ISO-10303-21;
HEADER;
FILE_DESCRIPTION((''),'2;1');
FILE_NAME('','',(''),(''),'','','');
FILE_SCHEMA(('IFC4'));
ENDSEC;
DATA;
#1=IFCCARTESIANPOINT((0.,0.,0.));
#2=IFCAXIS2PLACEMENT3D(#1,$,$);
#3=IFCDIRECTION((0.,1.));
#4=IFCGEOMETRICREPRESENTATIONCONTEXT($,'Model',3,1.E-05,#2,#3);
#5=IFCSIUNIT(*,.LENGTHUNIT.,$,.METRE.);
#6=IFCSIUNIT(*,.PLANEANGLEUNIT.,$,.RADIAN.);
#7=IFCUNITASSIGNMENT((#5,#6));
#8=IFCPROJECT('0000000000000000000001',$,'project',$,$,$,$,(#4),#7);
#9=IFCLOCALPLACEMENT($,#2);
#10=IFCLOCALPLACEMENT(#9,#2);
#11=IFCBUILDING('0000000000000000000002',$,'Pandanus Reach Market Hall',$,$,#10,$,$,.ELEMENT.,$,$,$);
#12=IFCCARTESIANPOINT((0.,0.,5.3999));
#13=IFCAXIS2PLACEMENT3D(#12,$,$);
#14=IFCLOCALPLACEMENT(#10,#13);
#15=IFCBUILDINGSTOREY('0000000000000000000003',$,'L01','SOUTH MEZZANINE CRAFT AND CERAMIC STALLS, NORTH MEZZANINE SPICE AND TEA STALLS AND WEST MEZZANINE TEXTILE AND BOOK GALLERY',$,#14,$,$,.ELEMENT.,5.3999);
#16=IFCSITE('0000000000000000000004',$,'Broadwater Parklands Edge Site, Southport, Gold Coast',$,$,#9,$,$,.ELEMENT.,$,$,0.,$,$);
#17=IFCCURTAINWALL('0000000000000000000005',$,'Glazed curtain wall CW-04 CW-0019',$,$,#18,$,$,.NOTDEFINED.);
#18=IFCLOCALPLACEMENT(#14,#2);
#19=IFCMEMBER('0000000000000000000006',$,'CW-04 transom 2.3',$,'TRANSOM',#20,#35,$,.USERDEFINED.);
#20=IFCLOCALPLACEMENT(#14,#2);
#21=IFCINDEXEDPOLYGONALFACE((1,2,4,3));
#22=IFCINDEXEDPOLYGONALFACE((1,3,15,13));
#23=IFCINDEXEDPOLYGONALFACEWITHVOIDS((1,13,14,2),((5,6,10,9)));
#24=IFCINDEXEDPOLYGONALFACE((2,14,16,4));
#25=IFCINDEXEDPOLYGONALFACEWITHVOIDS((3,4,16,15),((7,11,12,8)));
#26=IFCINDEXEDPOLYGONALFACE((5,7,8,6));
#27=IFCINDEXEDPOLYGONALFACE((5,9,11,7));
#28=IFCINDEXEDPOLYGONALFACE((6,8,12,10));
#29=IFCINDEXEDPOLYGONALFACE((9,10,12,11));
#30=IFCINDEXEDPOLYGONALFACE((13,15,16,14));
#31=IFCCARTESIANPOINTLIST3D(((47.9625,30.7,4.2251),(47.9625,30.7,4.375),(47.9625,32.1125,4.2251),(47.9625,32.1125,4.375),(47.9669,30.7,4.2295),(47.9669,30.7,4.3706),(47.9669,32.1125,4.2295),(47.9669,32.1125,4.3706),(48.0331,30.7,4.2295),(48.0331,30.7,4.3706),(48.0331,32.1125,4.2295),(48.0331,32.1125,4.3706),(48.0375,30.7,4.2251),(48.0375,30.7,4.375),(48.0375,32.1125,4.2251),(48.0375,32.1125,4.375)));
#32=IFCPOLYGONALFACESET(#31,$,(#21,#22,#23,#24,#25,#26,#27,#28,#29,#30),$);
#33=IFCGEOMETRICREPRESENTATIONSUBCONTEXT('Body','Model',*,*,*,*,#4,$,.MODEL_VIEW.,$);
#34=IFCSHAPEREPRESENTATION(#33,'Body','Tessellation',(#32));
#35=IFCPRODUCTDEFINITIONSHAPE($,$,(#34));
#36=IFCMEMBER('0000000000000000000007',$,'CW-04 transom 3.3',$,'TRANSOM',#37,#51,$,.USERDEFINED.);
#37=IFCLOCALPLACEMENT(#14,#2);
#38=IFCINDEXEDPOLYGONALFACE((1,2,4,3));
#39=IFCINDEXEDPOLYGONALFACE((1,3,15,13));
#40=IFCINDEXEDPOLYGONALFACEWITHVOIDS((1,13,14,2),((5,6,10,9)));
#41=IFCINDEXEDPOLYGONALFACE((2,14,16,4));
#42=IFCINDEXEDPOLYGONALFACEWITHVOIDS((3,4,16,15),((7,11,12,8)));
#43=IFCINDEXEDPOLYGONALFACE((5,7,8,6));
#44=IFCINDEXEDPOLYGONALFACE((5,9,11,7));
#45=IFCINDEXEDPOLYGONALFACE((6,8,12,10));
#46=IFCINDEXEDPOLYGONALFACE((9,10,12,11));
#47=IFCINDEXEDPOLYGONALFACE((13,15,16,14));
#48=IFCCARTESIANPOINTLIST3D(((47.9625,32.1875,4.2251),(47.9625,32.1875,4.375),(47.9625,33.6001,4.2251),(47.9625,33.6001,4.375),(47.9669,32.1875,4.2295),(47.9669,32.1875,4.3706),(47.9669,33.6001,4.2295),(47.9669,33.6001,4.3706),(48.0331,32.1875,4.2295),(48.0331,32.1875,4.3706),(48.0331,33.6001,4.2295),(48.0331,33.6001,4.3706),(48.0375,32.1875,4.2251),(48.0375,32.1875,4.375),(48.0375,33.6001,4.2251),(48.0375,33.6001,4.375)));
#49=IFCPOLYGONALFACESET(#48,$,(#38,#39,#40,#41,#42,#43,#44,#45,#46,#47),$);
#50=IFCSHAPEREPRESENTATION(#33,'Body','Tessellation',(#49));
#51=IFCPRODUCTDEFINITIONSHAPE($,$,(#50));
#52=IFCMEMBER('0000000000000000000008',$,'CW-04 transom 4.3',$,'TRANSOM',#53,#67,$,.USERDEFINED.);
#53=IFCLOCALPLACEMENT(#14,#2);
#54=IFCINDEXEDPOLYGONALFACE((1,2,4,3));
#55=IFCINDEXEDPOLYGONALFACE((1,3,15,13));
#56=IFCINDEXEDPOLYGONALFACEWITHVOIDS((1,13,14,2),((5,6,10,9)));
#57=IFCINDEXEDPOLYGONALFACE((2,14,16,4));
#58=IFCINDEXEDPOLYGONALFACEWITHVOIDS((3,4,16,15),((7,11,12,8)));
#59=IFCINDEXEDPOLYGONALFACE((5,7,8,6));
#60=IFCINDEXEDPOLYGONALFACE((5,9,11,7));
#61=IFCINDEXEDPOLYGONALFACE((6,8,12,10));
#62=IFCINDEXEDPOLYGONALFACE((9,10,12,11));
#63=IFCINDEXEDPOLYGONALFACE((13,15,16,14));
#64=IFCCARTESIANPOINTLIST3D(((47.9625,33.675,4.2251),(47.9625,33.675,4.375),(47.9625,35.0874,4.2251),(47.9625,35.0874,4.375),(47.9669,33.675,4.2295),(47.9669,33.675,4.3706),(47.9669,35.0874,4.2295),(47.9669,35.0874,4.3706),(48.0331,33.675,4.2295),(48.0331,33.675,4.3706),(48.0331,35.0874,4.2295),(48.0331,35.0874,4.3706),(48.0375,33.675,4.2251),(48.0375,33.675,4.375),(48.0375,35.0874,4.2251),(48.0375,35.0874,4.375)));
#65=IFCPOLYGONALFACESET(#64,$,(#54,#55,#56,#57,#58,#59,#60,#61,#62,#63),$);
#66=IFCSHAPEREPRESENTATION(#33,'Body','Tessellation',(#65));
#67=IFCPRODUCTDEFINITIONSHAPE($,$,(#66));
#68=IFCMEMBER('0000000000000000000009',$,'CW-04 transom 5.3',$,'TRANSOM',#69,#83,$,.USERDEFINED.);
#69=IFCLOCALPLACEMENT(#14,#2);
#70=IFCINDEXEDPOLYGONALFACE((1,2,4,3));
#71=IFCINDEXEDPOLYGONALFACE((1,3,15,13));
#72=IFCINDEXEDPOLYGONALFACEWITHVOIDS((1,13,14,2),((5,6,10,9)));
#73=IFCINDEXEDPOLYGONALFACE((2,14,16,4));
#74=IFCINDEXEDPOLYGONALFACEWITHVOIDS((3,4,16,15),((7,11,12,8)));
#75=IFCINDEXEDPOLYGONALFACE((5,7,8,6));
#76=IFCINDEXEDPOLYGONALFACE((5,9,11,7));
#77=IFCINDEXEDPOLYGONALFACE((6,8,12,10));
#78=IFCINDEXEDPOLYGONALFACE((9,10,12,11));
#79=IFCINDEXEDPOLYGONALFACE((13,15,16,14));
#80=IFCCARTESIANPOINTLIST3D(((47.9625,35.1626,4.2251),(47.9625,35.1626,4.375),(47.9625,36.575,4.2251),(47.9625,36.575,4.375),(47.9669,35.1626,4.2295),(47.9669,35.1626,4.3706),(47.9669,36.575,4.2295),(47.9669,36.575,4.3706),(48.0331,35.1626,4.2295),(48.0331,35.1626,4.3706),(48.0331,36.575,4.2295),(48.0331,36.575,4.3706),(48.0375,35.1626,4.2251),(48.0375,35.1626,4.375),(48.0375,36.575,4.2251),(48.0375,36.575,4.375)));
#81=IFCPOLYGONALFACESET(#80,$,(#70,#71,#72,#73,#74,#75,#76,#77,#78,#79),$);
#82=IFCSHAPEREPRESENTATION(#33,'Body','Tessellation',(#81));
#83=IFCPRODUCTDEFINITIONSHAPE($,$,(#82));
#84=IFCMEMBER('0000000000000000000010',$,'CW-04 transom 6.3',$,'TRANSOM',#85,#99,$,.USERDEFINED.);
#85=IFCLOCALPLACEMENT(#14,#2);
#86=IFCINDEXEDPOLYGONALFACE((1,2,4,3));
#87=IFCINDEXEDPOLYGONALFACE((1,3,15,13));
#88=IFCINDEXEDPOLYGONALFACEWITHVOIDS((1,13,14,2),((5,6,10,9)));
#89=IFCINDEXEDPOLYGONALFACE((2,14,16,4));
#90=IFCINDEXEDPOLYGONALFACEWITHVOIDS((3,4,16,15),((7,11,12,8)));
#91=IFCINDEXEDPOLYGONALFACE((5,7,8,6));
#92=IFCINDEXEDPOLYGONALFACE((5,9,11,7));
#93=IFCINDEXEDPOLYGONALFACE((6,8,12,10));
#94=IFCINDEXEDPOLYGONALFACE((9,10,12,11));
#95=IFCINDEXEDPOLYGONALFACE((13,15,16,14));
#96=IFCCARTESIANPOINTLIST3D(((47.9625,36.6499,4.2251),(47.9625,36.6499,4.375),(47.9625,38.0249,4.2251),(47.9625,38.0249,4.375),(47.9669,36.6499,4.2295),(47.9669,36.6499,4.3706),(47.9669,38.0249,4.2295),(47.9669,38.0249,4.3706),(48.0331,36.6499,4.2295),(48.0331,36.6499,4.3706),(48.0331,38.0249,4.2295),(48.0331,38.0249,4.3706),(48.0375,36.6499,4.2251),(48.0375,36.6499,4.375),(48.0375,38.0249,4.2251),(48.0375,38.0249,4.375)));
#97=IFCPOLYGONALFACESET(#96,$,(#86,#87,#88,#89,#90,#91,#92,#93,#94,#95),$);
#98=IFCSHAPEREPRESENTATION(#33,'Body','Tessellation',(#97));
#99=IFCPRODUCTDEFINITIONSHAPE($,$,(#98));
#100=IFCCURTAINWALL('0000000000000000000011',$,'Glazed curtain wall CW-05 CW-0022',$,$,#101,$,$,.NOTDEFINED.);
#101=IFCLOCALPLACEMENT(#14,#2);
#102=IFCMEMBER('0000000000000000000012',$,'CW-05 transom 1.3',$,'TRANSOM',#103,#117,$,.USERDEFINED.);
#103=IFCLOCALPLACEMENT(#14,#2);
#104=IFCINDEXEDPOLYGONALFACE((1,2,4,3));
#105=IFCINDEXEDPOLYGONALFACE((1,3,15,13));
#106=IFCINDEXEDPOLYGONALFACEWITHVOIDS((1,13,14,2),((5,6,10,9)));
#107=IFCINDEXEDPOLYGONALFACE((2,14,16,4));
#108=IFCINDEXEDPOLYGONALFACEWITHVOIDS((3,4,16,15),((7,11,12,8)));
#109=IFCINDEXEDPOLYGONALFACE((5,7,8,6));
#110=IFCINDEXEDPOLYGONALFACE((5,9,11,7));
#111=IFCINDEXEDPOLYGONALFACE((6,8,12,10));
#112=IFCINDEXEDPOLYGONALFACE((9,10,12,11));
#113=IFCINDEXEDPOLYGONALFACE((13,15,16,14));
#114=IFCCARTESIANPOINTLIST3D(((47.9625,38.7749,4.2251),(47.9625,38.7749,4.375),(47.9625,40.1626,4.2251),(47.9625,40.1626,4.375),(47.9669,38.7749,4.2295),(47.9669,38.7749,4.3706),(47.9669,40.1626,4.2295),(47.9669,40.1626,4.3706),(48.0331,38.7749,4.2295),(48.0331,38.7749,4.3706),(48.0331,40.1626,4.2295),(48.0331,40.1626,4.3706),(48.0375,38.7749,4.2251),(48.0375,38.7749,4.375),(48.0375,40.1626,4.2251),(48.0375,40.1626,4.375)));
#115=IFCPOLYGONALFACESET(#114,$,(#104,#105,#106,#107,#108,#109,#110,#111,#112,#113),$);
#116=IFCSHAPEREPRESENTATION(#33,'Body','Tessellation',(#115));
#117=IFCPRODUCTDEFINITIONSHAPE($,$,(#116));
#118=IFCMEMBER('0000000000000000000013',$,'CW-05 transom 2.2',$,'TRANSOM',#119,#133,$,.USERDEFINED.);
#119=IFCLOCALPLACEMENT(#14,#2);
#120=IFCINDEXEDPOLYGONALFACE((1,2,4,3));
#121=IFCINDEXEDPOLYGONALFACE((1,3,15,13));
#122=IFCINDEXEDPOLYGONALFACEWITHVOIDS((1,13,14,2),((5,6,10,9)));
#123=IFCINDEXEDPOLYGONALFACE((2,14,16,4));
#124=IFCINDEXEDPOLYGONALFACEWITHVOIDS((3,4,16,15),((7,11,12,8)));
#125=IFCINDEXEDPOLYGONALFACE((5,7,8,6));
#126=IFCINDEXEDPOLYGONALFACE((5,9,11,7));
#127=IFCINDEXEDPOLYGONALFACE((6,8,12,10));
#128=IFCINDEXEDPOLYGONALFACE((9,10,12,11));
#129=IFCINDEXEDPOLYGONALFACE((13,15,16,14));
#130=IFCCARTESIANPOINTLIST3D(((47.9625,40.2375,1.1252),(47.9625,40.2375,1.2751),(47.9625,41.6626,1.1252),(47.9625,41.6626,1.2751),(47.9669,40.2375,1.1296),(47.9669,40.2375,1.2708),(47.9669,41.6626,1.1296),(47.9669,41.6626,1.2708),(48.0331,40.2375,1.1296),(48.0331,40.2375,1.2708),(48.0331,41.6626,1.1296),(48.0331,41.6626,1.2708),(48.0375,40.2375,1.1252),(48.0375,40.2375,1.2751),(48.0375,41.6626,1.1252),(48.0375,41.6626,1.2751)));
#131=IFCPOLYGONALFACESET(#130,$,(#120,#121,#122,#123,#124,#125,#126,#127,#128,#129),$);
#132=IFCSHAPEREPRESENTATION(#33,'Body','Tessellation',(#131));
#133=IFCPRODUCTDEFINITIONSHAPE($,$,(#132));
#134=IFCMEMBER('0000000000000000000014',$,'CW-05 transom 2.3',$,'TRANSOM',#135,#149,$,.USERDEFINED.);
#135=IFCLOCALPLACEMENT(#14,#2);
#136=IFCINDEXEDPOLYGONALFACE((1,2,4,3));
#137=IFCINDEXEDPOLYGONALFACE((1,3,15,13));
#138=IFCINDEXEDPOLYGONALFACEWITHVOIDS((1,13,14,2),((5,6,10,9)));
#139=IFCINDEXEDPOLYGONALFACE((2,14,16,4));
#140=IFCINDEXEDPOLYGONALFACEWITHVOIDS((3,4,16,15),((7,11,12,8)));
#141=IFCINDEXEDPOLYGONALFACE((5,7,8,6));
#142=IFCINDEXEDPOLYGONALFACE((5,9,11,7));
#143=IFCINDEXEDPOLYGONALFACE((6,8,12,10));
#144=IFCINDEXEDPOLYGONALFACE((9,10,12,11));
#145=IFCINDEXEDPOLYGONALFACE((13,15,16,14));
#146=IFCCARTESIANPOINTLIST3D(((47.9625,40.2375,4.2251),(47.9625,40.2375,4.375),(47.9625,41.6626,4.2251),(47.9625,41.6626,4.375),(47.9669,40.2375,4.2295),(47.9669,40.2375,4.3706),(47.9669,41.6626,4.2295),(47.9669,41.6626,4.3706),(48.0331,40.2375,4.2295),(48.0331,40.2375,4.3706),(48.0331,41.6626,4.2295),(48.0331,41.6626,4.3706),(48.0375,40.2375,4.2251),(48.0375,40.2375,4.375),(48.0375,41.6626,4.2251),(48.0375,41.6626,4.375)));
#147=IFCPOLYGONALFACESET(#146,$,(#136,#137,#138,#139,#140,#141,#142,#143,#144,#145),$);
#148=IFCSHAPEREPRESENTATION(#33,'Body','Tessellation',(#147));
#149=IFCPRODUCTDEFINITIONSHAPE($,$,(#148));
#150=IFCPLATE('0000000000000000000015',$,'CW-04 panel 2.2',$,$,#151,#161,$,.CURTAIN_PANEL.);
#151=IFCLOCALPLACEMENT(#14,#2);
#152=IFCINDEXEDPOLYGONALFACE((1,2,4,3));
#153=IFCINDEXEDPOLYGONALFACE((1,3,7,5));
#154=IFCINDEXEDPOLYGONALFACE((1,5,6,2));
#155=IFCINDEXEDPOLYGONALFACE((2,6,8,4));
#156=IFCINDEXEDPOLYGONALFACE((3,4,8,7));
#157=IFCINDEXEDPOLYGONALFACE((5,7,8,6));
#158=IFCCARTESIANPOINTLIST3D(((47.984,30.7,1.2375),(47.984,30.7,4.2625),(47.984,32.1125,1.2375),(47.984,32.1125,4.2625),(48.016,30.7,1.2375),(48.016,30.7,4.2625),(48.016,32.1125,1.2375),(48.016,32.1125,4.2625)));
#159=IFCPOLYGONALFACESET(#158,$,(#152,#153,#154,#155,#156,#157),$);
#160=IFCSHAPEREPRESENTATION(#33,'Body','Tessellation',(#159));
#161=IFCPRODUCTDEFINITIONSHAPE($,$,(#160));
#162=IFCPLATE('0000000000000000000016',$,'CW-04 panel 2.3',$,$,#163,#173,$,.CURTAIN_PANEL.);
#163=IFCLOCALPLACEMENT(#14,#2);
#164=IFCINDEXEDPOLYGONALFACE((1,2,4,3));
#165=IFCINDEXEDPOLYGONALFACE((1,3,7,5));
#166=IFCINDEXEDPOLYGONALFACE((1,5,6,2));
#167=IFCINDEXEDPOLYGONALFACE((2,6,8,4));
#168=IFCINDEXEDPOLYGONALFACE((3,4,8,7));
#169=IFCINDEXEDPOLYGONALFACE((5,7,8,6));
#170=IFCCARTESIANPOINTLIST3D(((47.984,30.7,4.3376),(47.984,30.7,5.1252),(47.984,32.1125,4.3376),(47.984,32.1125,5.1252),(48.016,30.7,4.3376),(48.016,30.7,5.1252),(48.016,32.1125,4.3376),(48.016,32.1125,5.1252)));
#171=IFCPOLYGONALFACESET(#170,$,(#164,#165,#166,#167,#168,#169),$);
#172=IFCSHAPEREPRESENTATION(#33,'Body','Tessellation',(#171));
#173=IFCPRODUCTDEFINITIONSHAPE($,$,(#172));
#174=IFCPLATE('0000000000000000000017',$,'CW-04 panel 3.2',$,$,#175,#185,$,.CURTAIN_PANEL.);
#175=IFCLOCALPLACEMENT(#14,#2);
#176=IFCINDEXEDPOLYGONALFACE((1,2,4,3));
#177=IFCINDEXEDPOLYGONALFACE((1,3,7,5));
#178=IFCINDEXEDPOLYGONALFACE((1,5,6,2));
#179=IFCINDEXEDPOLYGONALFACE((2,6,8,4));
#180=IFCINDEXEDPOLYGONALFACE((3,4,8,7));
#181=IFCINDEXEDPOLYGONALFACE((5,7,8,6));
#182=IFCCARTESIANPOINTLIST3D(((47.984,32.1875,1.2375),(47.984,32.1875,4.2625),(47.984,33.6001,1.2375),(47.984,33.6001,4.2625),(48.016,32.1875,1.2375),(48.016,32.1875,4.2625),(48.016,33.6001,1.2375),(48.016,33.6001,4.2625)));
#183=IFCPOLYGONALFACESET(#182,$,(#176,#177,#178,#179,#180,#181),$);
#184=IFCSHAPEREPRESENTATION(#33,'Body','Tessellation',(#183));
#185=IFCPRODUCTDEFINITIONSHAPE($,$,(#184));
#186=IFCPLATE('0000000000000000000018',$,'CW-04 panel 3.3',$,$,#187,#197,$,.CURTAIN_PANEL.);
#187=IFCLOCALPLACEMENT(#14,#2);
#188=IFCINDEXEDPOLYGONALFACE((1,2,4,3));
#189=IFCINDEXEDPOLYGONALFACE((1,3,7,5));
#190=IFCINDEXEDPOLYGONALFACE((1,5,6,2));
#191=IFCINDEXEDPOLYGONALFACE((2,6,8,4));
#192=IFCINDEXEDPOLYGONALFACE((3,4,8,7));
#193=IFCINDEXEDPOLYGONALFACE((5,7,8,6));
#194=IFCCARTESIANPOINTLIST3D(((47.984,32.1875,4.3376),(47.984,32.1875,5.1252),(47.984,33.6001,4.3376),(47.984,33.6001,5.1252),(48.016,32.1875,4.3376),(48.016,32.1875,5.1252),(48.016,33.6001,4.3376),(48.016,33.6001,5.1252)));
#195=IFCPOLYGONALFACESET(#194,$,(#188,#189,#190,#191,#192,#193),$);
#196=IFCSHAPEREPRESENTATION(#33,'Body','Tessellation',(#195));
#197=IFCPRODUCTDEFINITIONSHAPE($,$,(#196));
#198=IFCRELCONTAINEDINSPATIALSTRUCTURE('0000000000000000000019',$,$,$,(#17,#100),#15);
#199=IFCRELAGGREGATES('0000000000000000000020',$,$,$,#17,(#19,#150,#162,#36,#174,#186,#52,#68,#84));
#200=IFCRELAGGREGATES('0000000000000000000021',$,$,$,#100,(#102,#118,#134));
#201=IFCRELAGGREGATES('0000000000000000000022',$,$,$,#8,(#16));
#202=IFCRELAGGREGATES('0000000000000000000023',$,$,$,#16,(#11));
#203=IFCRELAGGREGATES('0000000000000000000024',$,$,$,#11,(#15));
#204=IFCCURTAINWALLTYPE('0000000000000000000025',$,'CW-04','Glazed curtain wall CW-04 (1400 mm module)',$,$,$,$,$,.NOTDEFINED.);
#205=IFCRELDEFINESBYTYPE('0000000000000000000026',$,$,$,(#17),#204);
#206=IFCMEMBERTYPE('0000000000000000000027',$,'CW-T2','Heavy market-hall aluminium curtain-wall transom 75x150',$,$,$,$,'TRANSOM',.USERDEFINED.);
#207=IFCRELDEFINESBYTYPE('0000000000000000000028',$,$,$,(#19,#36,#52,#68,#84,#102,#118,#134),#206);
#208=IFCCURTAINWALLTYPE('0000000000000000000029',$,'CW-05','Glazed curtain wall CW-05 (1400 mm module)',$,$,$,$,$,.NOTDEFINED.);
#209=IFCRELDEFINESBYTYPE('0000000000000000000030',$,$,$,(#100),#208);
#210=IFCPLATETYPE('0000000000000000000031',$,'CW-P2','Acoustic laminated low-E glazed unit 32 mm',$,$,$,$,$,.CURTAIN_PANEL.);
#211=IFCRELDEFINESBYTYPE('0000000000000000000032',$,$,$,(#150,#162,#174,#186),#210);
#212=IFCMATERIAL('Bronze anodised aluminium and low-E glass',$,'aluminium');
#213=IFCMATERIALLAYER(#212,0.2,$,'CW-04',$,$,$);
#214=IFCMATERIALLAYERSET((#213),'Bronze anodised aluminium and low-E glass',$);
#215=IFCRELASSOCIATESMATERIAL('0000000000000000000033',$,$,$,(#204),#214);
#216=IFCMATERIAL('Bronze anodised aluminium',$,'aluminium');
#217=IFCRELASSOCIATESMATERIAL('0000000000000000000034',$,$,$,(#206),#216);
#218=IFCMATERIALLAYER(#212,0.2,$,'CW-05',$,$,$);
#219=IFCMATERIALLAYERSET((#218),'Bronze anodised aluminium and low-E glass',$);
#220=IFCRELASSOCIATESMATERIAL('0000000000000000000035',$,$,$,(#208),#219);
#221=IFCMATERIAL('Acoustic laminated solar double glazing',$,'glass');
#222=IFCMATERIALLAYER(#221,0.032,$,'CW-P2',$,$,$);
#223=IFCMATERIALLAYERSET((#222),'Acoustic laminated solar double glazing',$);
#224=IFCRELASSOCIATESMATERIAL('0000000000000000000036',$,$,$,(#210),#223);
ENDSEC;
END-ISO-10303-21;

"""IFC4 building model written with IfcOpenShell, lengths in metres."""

from ifc_helpers import new_model, si_unit, direction, frame, origin, origin_2d, place, context, subcontext, project, spatial, rectangle, hollow_rectangle, extrude, material, layer, layer_set, material_profile, profile_set, type_object, element, aggregate, save


model = new_model("IFC4")

# Units and contexts
model_context = context("Model", 3, precision=1e-05, world=origin(), true_north=direction((0.0, 1.0)))
body_context = subcontext(model_context, "Body", "Model", "MODEL_VIEW")
ifc_project = project(units=[si_unit("LENGTHUNIT", "METRE"), si_unit("PLANEANGLEUNIT", "RADIAN")], contexts=[model_context])

# Site, building, storey
site_placement = place(None, origin())
site = spatial("IfcSite", under=ifc_project, at=site_placement, Name="Broadwater Parklands Edge Site, Southport, Gold Coast", CompositionType="ELEMENT", RefElevation=0.0)
building_placement = place(site_placement, origin())
building = spatial("IfcBuilding", under=site, at=building_placement, Name="Pandanus Reach Market Hall", CompositionType="ELEMENT")
storey_placement = place(building_placement, frame((0.0, 0.0, 5.3999)))
storey = spatial("IfcBuildingStorey", under=building, at=storey_placement, Name="L01", Description="SOUTH MEZZANINE CRAFT AND CERAMIC STALLS, NORTH MEZZANINE SPICE AND TEA STALLS AND WEST MEZZANINE TEXTILE AND BOOK GALLERY", CompositionType="ELEMENT", Elevation=5.3999)

# Curtain walls, members
ifc_material_1 = material(Name="Bronze anodised aluminium and low-E glass", Category="aluminium")
ifc_layer_1 = layer(ifc_material_1, 0.2, Name="CW-04")
ifc_layer_set_1 = layer_set([ifc_layer_1], Name="Bronze anodised aluminium and low-E glass")
curtain_wall_type_1 = type_object("IfcCurtainWallType", Name="CW-04", Description="Glazed curtain wall CW-04 (1400 mm module)", PredefinedType="NOTDEFINED", material=ifc_layer_set_1)
curtain_wall_1_placement = place(storey_placement, origin())
curtain_wall_1 = element("IfcCurtainWall", 1, at=curtain_wall_1_placement, inside=storey, type_object=curtain_wall_type_1, Name="Glazed curtain wall CW-04 CW-0019", PredefinedType="NOTDEFINED")
ifc_material_2 = material(Name="Bronze anodised aluminium", Category="aluminium")
ifc_material_profile = material_profile(ifc_material_2, hollow_rectangle(XDim=0.075, YDim=0.1499, WallThickness=0.0044, at=origin_2d()), Name="ALU75x150", Category="LoadBearing")
ifc_profile_set = profile_set([ifc_material_profile], Name="Bronze anodised aluminium")
member_type = type_object("IfcMemberType", Name="CW-T2", Description="Heavy market-hall aluminium curtain-wall transom 75x150", ElementType="TRANSOM", PredefinedType="USERDEFINED", material=ifc_profile_set)
member_1_placement = place(storey_placement, frame((48.0, 30.7, 4.3), z_axis=(0.0, 1.0, 0.0), x_axis=(-1.0, 0.0, 0.0)))
member_1 = element("IfcMember", 2, at=member_1_placement, type_object=member_type, Name="CW-04 transom 2.3", ObjectType="TRANSOM", PredefinedType="USERDEFINED", context=body_context, shape_type="SweptSolid", body=[
    extrude(hollow_rectangle(XDim=0.075, YDim=0.1499, WallThickness=0.0044, at=origin_2d()), origin(), (0.0, 0.0, 1.0), 1.4126),
])
member_2_placement = place(storey_placement, frame((48.0, 32.1875, 4.3), z_axis=(0.0, 1.0, 0.0), x_axis=(-1.0, 0.0, 0.0)))
member_2 = element("IfcMember", 3, at=member_2_placement, type_object=member_type, Name="CW-04 transom 3.3", ObjectType="TRANSOM", PredefinedType="USERDEFINED", context=body_context, shape_type="SweptSolid", body=[
    extrude(hollow_rectangle(XDim=0.075, YDim=0.1499, WallThickness=0.0044, at=origin_2d()), origin(), (0.0, 0.0, 1.0), 1.4126),
])
member_3_placement = place(storey_placement, frame((48.0, 33.675, 4.3), z_axis=(0.0, 1.0, 0.0), x_axis=(-1.0, 0.0, 0.0)))
member_3 = element("IfcMember", 4, at=member_3_placement, type_object=member_type, Name="CW-04 transom 4.3", ObjectType="TRANSOM", PredefinedType="USERDEFINED", context=body_context, shape_type="SweptSolid", body=[
    extrude(hollow_rectangle(XDim=0.075, YDim=0.1499, WallThickness=0.0044, at=origin_2d()), origin(), (0.0, 0.0, 1.0), 1.4124),
])
member_4_placement = place(storey_placement, frame((48.0, 35.1626, 4.3), z_axis=(0.0, 1.0, 0.0), x_axis=(-1.0, 0.0, 0.0)))
member_4 = element("IfcMember", 5, at=member_4_placement, type_object=member_type, Name="CW-04 transom 5.3", ObjectType="TRANSOM", PredefinedType="USERDEFINED", context=body_context, shape_type="SweptSolid", body=[
    extrude(hollow_rectangle(XDim=0.075, YDim=0.1499, WallThickness=0.0044, at=origin_2d()), origin(), (0.0, 0.0, 1.0), 1.4124),
])
member_5_placement = place(storey_placement, frame((48.0, 36.6499, 4.3), z_axis=(0.0, 1.0, 0.0), x_axis=(-1.0, 0.0, 0.0)))
member_5 = element("IfcMember", 6, at=member_5_placement, type_object=member_type, Name="CW-04 transom 6.3", ObjectType="TRANSOM", PredefinedType="USERDEFINED", context=body_context, shape_type="SweptSolid", body=[
    extrude(hollow_rectangle(XDim=0.075, YDim=0.1499, WallThickness=0.0044, at=origin_2d()), origin(), (0.0, 0.0, 1.0), 1.375),
])
ifc_layer_2 = layer(ifc_material_1, 0.2, Name="CW-05")
ifc_layer_set_2 = layer_set([ifc_layer_2], Name="Bronze anodised aluminium and low-E glass")
curtain_wall_type_2 = type_object("IfcCurtainWallType", Name="CW-05", Description="Glazed curtain wall CW-05 (1400 mm module)", PredefinedType="NOTDEFINED", material=ifc_layer_set_2)
curtain_wall_2_placement = place(storey_placement, origin())
curtain_wall_2 = element("IfcCurtainWall", 7, at=curtain_wall_2_placement, inside=storey, type_object=curtain_wall_type_2, Name="Glazed curtain wall CW-05 CW-0022", PredefinedType="NOTDEFINED")
member_6_placement = place(storey_placement, frame((48.0, 38.7749, 4.3), z_axis=(0.0, 1.0, 0.0), x_axis=(-1.0, 0.0, 0.0)))
member_6 = element("IfcMember", 8, at=member_6_placement, type_object=member_type, Name="CW-05 transom 1.3", ObjectType="TRANSOM", PredefinedType="USERDEFINED", context=body_context, shape_type="SweptSolid", body=[
    extrude(hollow_rectangle(XDim=0.075, YDim=0.1499, WallThickness=0.0044, at=origin_2d()), origin(), (0.0, 0.0, 1.0), 1.3877),
])
member_7_placement = place(storey_placement, frame((48.0, 40.2375, 1.2002), z_axis=(0.0, 1.0, 0.0), x_axis=(-1.0, 0.0, 0.0)))
member_7 = element("IfcMember", 9, at=member_7_placement, type_object=member_type, Name="CW-05 transom 2.2", ObjectType="TRANSOM", PredefinedType="USERDEFINED", context=body_context, shape_type="SweptSolid", body=[
    extrude(hollow_rectangle(XDim=0.075, YDim=0.1499, WallThickness=0.0044, at=origin_2d()), origin(), (0.0, 0.0, 1.0), 1.425),
])
member_8_placement = place(storey_placement, frame((48.0, 40.2375, 4.3), z_axis=(0.0, 1.0, 0.0), x_axis=(-1.0, 0.0, 0.0)))
member_8 = element("IfcMember", 10, at=member_8_placement, type_object=member_type, Name="CW-05 transom 2.3", ObjectType="TRANSOM", PredefinedType="USERDEFINED", context=body_context, shape_type="SweptSolid", body=[
    extrude(hollow_rectangle(XDim=0.075, YDim=0.1499, WallThickness=0.0044, at=origin_2d()), origin(), (0.0, 0.0, 1.0), 1.425),
])

# Plates
ifc_material_3 = material(Name="Acoustic laminated solar double glazing", Category="glass")
ifc_layer_3 = layer(ifc_material_3, 0.032, Name="CW-P2")
ifc_layer_set_3 = layer_set([ifc_layer_3], Name="Acoustic laminated solar double glazing")
plate_type = type_object("IfcPlateType", Name="CW-P2", Description="Acoustic laminated low-E glazed unit 32 mm", PredefinedType="CURTAIN_PANEL", material=ifc_layer_set_3)
plate_1_placement = place(storey_placement, frame((48.0, 31.4062, 1.2375), z_axis=(0.0, 0.0, 1.0), x_axis=(0.0, 1.0, 0.0)))
plate_1 = element("IfcPlate", 11, at=plate_1_placement, type_object=plate_type, Name="CW-04 panel 2.2", PredefinedType="CURTAIN_PANEL", context=body_context, shape_type="SweptSolid", body=[
    extrude(rectangle(XDim=1.4126, YDim=0.032, at=origin_2d()), origin(), (0.0, 0.0, 1.0), 3.0249),
])
plate_2_placement = place(storey_placement, frame((48.0, 31.4062, 4.3376), z_axis=(0.0, 0.0, 1.0), x_axis=(0.0, 1.0, 0.0)))
plate_2 = element("IfcPlate", 12, at=plate_2_placement, type_object=plate_type, Name="CW-04 panel 2.3", PredefinedType="CURTAIN_PANEL", context=body_context, shape_type="SweptSolid", body=[
    extrude(rectangle(XDim=1.4126, YDim=0.032, at=origin_2d()), origin(), (0.0, 0.0, 1.0), 0.7876),
])
plate_3_placement = place(storey_placement, frame((48.0, 32.8938, 1.2375), z_axis=(0.0, 0.0, 1.0), x_axis=(0.0, 1.0, 0.0)))
plate_3 = element("IfcPlate", 13, at=plate_3_placement, type_object=plate_type, Name="CW-04 panel 3.2", PredefinedType="CURTAIN_PANEL", context=body_context, shape_type="SweptSolid", body=[
    extrude(rectangle(XDim=1.4126, YDim=0.032, at=origin_2d()), origin(), (0.0, 0.0, 1.0), 3.0249),
])
plate_4_placement = place(storey_placement, frame((48.0, 32.8938, 4.3376), z_axis=(0.0, 0.0, 1.0), x_axis=(0.0, 1.0, 0.0)))
plate_4 = element("IfcPlate", 14, at=plate_4_placement, type_object=plate_type, Name="CW-04 panel 3.3", PredefinedType="CURTAIN_PANEL", context=body_context, shape_type="SweptSolid", body=[
    extrude(rectangle(XDim=1.4126, YDim=0.032, at=origin_2d()), origin(), (0.0, 0.0, 1.0), 0.7876),
])
aggregate(curtain_wall_1, [member_1, plate_1, plate_2, member_2, plate_3, plate_4, member_3, member_4, member_5])
aggregate(curtain_wall_2, [member_6, member_7, member_8])

save(model, "model.ifc")
